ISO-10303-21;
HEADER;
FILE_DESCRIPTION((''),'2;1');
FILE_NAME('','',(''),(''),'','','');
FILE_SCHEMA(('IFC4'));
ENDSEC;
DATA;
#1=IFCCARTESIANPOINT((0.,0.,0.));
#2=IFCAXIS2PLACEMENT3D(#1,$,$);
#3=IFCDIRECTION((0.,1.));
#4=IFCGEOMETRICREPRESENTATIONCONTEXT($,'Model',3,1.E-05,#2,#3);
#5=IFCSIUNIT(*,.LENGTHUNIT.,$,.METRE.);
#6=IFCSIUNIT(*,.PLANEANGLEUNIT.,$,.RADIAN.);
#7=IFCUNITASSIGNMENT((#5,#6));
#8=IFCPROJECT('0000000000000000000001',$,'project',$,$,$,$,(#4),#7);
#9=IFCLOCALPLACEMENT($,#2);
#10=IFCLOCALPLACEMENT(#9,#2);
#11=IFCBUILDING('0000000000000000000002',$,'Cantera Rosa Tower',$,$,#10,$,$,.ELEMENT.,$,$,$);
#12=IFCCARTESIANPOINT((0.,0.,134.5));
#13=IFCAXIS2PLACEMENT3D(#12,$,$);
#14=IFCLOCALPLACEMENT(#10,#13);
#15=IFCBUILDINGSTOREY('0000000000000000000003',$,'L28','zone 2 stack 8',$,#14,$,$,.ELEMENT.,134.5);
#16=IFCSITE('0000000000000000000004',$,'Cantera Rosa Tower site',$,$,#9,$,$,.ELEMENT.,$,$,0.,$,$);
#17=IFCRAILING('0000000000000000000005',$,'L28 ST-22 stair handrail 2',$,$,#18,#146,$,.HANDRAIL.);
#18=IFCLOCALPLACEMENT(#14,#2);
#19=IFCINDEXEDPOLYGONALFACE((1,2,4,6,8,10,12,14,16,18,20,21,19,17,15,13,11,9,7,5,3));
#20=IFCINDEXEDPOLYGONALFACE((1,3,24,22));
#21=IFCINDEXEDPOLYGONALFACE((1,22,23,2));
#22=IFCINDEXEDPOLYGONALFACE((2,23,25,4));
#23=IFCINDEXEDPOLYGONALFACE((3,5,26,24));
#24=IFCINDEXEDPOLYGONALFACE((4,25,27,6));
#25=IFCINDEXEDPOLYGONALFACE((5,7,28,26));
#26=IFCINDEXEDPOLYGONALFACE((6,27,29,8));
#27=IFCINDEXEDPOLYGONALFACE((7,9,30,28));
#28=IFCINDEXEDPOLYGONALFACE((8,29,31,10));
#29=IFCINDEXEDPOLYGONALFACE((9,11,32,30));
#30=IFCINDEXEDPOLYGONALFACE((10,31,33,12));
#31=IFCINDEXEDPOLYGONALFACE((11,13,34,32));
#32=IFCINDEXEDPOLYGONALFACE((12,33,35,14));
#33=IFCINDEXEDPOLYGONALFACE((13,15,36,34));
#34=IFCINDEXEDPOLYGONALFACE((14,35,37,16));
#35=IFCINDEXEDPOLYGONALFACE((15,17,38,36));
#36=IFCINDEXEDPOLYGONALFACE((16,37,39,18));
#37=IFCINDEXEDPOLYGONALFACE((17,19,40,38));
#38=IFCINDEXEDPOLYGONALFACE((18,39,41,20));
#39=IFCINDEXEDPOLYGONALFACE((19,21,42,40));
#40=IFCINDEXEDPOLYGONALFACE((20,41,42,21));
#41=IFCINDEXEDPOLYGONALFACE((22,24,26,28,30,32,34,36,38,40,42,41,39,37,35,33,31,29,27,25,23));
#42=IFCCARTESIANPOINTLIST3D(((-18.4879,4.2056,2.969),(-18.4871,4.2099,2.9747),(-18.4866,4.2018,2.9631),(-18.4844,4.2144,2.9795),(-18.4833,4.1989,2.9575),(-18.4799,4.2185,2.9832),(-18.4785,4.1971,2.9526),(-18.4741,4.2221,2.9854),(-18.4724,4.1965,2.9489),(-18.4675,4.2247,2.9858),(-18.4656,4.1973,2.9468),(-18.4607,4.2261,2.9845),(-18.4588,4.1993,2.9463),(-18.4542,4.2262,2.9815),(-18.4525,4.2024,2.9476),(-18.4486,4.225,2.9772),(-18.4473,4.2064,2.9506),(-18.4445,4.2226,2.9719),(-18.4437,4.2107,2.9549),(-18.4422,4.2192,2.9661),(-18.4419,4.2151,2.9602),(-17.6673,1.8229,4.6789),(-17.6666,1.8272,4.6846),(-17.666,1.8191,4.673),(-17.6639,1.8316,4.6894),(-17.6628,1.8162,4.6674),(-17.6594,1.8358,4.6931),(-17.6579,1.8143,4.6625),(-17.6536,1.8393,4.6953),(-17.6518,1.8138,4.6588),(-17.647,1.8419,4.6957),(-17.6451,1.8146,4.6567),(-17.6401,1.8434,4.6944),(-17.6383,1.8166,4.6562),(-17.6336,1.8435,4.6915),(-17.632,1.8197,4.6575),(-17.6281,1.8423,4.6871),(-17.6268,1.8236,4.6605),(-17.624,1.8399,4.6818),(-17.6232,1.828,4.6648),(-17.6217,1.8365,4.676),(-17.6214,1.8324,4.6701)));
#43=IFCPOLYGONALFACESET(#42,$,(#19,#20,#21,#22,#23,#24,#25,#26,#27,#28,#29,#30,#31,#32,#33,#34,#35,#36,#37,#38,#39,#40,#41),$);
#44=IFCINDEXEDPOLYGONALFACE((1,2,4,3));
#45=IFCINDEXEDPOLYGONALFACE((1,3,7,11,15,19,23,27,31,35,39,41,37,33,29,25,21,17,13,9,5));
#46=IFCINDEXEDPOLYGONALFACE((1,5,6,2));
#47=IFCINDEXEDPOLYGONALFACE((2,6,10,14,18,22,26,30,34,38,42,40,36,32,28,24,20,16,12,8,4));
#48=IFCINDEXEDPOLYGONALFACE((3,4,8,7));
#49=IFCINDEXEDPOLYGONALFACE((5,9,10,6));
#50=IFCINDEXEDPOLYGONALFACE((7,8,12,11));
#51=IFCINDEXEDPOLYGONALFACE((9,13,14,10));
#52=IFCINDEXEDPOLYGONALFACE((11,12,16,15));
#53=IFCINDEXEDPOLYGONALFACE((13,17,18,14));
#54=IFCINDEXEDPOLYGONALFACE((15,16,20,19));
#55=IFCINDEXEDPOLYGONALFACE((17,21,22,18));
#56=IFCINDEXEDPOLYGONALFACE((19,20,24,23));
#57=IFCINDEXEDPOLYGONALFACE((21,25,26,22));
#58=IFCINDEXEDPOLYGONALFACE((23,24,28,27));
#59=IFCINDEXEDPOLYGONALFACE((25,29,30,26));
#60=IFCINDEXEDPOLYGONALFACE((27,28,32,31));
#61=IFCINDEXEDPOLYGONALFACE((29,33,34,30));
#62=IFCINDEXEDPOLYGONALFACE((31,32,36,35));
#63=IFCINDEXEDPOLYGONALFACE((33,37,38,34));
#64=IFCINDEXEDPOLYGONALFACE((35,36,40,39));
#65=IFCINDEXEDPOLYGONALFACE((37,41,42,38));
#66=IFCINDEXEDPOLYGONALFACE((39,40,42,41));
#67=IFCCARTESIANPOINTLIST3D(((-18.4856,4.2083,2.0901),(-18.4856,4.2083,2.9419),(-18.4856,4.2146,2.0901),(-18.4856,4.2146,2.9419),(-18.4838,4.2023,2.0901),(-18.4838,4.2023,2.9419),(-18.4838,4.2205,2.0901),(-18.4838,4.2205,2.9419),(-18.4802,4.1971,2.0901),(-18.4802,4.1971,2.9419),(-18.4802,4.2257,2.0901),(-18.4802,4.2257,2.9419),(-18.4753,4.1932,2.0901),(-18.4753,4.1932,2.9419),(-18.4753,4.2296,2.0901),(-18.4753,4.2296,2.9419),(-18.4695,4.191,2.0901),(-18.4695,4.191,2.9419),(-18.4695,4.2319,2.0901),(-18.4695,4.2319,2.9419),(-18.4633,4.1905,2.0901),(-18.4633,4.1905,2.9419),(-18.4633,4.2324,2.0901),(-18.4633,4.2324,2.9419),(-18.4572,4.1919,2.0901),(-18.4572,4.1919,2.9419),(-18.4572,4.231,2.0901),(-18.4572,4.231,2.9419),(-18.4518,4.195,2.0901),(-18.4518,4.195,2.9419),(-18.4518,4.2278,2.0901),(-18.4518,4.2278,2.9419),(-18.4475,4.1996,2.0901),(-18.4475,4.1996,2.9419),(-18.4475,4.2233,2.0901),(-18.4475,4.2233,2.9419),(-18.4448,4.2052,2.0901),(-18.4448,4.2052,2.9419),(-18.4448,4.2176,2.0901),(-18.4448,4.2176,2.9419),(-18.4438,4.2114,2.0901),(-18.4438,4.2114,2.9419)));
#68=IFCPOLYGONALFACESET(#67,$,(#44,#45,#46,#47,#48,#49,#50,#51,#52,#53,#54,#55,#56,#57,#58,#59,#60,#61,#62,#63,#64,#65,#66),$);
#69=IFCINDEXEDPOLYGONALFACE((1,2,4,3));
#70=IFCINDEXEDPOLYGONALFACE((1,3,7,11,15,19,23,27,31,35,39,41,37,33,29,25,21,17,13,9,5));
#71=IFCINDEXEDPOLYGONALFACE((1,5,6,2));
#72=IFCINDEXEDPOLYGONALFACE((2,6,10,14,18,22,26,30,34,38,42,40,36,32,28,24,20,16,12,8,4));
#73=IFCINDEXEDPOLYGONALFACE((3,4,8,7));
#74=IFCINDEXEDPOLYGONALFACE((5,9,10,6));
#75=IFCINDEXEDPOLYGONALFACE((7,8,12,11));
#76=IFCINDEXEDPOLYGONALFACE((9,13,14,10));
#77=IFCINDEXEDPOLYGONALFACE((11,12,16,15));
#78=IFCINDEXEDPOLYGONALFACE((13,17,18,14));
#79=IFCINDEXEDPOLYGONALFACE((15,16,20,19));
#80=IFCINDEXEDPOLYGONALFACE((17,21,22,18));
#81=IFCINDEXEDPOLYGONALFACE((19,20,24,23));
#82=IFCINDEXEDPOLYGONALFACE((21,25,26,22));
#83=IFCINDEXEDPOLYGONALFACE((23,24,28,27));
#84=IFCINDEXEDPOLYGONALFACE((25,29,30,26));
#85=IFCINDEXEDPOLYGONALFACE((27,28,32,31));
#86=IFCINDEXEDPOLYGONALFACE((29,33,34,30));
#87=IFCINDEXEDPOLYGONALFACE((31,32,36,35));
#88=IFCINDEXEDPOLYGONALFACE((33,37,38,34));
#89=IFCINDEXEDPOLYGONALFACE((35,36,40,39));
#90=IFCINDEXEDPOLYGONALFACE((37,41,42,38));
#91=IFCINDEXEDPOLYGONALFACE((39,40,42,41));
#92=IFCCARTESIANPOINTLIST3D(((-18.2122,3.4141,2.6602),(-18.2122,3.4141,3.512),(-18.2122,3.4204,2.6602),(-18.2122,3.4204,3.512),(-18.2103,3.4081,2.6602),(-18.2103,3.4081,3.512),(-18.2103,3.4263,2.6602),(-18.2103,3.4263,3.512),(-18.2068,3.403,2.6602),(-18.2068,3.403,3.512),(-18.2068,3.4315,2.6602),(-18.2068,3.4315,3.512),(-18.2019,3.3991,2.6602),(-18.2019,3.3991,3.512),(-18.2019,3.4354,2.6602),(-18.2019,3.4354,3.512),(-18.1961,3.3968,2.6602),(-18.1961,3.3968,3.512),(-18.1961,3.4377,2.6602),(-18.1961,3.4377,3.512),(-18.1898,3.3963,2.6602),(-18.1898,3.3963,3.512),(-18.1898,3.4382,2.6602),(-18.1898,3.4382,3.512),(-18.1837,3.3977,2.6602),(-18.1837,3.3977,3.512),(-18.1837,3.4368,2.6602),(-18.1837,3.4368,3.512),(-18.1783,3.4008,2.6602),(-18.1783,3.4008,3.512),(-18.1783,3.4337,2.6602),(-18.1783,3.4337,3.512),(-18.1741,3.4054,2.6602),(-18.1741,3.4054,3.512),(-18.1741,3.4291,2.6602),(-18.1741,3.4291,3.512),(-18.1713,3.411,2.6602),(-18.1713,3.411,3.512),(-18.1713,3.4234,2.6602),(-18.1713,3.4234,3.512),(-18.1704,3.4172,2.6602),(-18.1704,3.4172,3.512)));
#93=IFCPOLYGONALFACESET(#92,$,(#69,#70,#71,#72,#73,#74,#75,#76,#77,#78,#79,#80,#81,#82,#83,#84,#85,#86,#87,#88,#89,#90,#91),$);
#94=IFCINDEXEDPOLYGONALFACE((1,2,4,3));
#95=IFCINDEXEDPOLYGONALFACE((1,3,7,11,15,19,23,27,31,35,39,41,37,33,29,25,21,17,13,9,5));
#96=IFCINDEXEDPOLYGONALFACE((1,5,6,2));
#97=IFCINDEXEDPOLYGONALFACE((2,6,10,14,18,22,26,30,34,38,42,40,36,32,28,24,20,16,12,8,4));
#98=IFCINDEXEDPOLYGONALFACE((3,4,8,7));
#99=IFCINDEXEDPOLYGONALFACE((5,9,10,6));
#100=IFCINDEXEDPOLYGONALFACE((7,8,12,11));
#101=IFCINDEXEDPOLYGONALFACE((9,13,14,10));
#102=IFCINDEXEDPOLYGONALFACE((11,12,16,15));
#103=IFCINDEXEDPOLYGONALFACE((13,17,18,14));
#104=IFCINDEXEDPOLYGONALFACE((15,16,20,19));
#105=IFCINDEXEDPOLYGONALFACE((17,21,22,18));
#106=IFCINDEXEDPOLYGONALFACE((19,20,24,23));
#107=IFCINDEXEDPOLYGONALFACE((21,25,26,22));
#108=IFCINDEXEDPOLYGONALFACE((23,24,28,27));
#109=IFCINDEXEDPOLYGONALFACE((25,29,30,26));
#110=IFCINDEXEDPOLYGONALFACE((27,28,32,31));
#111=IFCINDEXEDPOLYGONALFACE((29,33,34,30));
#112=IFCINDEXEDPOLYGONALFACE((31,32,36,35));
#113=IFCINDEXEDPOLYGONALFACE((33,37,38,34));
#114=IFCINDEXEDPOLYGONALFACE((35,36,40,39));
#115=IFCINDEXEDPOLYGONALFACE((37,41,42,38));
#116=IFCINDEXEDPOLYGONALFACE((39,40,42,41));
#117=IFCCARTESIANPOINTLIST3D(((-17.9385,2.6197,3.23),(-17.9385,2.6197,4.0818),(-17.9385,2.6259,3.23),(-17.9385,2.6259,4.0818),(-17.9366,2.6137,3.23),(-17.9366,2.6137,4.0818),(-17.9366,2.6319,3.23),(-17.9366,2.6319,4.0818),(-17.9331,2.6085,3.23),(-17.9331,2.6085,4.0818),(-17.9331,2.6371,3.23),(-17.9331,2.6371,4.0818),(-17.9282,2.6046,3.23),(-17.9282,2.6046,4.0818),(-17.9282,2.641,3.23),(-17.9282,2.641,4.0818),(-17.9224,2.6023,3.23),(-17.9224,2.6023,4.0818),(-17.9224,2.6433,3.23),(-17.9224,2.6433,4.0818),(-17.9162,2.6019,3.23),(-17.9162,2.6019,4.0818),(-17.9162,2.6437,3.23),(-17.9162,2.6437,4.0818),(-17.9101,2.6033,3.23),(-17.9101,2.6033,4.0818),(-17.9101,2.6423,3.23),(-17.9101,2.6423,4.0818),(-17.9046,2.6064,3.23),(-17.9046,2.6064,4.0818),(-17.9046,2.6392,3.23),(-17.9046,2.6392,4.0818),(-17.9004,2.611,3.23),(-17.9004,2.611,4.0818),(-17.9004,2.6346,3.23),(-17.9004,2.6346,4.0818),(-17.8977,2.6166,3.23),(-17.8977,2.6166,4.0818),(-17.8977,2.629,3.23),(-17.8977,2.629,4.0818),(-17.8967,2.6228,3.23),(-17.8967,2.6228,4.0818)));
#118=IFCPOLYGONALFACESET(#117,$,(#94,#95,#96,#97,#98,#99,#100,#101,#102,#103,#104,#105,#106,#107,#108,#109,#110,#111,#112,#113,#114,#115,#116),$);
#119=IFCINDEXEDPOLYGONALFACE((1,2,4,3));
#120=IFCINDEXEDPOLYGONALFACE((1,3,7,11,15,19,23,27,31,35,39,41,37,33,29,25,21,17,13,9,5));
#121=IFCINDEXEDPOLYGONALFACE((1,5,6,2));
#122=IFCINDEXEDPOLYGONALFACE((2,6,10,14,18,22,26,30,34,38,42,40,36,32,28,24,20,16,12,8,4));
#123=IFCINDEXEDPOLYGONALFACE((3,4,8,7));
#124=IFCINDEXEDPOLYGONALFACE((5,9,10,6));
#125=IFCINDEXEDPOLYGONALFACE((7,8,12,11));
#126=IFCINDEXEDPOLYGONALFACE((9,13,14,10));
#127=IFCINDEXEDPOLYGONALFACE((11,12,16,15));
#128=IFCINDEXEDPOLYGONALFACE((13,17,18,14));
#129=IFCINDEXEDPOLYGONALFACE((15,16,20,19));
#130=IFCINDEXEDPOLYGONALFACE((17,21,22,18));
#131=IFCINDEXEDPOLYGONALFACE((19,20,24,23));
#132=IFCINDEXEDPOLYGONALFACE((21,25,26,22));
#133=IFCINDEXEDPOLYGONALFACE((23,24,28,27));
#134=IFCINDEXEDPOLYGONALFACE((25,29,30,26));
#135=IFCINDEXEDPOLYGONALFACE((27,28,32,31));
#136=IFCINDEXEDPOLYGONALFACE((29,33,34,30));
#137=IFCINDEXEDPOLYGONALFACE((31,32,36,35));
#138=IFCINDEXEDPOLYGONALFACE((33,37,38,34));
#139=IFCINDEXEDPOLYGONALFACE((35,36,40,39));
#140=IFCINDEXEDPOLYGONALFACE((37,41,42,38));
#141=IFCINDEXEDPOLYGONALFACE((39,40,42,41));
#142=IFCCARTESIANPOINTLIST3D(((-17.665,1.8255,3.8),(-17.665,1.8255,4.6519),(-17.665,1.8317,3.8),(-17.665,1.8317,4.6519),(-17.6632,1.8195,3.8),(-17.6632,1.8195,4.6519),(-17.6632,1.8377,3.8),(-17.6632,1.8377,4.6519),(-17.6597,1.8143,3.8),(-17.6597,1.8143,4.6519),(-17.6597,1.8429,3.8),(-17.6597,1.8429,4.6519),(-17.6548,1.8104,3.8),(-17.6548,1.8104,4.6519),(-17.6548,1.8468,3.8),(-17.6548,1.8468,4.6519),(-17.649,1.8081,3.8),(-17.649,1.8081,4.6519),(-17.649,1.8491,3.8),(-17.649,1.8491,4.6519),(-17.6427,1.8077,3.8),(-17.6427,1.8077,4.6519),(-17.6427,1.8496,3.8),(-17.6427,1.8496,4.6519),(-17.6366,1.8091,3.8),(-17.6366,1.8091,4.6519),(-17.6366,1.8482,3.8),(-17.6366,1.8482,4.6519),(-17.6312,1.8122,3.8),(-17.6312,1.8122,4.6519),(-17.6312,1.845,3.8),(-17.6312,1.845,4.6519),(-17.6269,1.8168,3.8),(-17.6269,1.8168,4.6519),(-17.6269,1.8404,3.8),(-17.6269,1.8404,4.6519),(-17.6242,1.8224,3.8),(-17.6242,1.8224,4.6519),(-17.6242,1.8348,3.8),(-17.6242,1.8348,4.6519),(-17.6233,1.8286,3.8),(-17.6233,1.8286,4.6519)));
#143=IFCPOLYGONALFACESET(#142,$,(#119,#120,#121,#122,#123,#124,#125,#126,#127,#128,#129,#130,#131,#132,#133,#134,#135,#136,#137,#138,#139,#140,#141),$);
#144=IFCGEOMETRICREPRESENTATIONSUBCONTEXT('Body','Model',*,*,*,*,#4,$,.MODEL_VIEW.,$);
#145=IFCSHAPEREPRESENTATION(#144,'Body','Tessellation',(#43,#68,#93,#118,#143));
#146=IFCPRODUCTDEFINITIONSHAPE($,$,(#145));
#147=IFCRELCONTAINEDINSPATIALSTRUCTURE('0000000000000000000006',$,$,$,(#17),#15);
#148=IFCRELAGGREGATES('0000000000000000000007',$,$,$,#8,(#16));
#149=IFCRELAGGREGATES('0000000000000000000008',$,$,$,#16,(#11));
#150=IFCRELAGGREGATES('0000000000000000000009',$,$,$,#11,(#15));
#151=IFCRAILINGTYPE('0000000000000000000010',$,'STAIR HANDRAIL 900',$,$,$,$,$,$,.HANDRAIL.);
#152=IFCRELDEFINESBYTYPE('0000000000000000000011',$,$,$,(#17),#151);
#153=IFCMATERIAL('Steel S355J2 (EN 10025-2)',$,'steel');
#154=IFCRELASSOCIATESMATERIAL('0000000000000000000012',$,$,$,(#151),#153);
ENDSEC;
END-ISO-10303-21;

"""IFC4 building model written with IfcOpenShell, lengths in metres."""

from ifc_helpers import new_model, si_unit, direction, frame, origin, origin_2d, place, context, subcontext, project, spatial, circle, extrude, material, type_object, element, save


model = new_model("IFC4")

# Units and contexts
model_context = context("Model", 3, precision=1e-05, world=origin(), true_north=direction((0.0, 1.0)))
body_context = subcontext(model_context, "Body", "Model", "MODEL_VIEW")
ifc_project = project(units=[si_unit("LENGTHUNIT", "METRE"), si_unit("PLANEANGLEUNIT", "RADIAN")], contexts=[model_context])

# Site, building, storey
site_placement = place(None, origin())
site = spatial("IfcSite", under=ifc_project, at=site_placement, Name="Cantera Rosa Tower site", CompositionType="ELEMENT", RefElevation=0.0)
building_placement = place(site_placement, origin())
building = spatial("IfcBuilding", under=site, at=building_placement, Name="Cantera Rosa Tower", CompositionType="ELEMENT")
storey_placement = place(building_placement, frame((0.0, 0.0, 134.5)))
storey = spatial("IfcBuildingStorey", under=building, at=storey_placement, Name="L28", Description="zone 2 stack 8", CompositionType="ELEMENT", Elevation=134.5)

# Railing
ifc_material_1 = material(Name="Steel S355J2 (EN 10025-2)", Category="steel")
railing_type_1 = type_object("IfcRailingType", Name="STAIR HANDRAIL 900", PredefinedType="HANDRAIL", material=ifc_material_1)
railing_1_placement = place(storey_placement, frame((-18.4648, 4.2114, 2.0901)))
element("IfcRailing", 1, at=railing_1_placement, inside=storey, type_object=railing_type_1, Name="L28 ST-22 stair handrail 2", PredefinedType="HANDRAIL", context=body_context, shape_type="SweptSolid", body=[
    extrude(circle(Radius=0.0239, at=origin_2d()), frame((0.0, 0.0, 0.876), z_axis=(0.269432, -0.782404, 0.561471), x_axis=(0.945508, 0.3256, 0.0)), (0.0, 0.0, 1.0), 3.0454),
    extrude(circle(Radius=0.021, at=origin_2d()), origin(), (0.0, 0.0, 1.0), 0.8518),
    extrude(circle(Radius=0.021, at=origin_2d()), frame((0.2734, -0.7942, 0.5701)), (0.0, 0.0, 1.0), 0.8518),
    extrude(circle(Radius=0.021, at=origin_2d()), frame((0.5471, -1.5886, 1.1399)), (0.0, 0.0, 1.0), 0.8518),
    extrude(circle(Radius=0.021, at=origin_2d()), frame((0.8206, -2.3828, 1.71)), (0.0, 0.0, 1.0), 0.8518),
])

save(model, "model.ifc")
